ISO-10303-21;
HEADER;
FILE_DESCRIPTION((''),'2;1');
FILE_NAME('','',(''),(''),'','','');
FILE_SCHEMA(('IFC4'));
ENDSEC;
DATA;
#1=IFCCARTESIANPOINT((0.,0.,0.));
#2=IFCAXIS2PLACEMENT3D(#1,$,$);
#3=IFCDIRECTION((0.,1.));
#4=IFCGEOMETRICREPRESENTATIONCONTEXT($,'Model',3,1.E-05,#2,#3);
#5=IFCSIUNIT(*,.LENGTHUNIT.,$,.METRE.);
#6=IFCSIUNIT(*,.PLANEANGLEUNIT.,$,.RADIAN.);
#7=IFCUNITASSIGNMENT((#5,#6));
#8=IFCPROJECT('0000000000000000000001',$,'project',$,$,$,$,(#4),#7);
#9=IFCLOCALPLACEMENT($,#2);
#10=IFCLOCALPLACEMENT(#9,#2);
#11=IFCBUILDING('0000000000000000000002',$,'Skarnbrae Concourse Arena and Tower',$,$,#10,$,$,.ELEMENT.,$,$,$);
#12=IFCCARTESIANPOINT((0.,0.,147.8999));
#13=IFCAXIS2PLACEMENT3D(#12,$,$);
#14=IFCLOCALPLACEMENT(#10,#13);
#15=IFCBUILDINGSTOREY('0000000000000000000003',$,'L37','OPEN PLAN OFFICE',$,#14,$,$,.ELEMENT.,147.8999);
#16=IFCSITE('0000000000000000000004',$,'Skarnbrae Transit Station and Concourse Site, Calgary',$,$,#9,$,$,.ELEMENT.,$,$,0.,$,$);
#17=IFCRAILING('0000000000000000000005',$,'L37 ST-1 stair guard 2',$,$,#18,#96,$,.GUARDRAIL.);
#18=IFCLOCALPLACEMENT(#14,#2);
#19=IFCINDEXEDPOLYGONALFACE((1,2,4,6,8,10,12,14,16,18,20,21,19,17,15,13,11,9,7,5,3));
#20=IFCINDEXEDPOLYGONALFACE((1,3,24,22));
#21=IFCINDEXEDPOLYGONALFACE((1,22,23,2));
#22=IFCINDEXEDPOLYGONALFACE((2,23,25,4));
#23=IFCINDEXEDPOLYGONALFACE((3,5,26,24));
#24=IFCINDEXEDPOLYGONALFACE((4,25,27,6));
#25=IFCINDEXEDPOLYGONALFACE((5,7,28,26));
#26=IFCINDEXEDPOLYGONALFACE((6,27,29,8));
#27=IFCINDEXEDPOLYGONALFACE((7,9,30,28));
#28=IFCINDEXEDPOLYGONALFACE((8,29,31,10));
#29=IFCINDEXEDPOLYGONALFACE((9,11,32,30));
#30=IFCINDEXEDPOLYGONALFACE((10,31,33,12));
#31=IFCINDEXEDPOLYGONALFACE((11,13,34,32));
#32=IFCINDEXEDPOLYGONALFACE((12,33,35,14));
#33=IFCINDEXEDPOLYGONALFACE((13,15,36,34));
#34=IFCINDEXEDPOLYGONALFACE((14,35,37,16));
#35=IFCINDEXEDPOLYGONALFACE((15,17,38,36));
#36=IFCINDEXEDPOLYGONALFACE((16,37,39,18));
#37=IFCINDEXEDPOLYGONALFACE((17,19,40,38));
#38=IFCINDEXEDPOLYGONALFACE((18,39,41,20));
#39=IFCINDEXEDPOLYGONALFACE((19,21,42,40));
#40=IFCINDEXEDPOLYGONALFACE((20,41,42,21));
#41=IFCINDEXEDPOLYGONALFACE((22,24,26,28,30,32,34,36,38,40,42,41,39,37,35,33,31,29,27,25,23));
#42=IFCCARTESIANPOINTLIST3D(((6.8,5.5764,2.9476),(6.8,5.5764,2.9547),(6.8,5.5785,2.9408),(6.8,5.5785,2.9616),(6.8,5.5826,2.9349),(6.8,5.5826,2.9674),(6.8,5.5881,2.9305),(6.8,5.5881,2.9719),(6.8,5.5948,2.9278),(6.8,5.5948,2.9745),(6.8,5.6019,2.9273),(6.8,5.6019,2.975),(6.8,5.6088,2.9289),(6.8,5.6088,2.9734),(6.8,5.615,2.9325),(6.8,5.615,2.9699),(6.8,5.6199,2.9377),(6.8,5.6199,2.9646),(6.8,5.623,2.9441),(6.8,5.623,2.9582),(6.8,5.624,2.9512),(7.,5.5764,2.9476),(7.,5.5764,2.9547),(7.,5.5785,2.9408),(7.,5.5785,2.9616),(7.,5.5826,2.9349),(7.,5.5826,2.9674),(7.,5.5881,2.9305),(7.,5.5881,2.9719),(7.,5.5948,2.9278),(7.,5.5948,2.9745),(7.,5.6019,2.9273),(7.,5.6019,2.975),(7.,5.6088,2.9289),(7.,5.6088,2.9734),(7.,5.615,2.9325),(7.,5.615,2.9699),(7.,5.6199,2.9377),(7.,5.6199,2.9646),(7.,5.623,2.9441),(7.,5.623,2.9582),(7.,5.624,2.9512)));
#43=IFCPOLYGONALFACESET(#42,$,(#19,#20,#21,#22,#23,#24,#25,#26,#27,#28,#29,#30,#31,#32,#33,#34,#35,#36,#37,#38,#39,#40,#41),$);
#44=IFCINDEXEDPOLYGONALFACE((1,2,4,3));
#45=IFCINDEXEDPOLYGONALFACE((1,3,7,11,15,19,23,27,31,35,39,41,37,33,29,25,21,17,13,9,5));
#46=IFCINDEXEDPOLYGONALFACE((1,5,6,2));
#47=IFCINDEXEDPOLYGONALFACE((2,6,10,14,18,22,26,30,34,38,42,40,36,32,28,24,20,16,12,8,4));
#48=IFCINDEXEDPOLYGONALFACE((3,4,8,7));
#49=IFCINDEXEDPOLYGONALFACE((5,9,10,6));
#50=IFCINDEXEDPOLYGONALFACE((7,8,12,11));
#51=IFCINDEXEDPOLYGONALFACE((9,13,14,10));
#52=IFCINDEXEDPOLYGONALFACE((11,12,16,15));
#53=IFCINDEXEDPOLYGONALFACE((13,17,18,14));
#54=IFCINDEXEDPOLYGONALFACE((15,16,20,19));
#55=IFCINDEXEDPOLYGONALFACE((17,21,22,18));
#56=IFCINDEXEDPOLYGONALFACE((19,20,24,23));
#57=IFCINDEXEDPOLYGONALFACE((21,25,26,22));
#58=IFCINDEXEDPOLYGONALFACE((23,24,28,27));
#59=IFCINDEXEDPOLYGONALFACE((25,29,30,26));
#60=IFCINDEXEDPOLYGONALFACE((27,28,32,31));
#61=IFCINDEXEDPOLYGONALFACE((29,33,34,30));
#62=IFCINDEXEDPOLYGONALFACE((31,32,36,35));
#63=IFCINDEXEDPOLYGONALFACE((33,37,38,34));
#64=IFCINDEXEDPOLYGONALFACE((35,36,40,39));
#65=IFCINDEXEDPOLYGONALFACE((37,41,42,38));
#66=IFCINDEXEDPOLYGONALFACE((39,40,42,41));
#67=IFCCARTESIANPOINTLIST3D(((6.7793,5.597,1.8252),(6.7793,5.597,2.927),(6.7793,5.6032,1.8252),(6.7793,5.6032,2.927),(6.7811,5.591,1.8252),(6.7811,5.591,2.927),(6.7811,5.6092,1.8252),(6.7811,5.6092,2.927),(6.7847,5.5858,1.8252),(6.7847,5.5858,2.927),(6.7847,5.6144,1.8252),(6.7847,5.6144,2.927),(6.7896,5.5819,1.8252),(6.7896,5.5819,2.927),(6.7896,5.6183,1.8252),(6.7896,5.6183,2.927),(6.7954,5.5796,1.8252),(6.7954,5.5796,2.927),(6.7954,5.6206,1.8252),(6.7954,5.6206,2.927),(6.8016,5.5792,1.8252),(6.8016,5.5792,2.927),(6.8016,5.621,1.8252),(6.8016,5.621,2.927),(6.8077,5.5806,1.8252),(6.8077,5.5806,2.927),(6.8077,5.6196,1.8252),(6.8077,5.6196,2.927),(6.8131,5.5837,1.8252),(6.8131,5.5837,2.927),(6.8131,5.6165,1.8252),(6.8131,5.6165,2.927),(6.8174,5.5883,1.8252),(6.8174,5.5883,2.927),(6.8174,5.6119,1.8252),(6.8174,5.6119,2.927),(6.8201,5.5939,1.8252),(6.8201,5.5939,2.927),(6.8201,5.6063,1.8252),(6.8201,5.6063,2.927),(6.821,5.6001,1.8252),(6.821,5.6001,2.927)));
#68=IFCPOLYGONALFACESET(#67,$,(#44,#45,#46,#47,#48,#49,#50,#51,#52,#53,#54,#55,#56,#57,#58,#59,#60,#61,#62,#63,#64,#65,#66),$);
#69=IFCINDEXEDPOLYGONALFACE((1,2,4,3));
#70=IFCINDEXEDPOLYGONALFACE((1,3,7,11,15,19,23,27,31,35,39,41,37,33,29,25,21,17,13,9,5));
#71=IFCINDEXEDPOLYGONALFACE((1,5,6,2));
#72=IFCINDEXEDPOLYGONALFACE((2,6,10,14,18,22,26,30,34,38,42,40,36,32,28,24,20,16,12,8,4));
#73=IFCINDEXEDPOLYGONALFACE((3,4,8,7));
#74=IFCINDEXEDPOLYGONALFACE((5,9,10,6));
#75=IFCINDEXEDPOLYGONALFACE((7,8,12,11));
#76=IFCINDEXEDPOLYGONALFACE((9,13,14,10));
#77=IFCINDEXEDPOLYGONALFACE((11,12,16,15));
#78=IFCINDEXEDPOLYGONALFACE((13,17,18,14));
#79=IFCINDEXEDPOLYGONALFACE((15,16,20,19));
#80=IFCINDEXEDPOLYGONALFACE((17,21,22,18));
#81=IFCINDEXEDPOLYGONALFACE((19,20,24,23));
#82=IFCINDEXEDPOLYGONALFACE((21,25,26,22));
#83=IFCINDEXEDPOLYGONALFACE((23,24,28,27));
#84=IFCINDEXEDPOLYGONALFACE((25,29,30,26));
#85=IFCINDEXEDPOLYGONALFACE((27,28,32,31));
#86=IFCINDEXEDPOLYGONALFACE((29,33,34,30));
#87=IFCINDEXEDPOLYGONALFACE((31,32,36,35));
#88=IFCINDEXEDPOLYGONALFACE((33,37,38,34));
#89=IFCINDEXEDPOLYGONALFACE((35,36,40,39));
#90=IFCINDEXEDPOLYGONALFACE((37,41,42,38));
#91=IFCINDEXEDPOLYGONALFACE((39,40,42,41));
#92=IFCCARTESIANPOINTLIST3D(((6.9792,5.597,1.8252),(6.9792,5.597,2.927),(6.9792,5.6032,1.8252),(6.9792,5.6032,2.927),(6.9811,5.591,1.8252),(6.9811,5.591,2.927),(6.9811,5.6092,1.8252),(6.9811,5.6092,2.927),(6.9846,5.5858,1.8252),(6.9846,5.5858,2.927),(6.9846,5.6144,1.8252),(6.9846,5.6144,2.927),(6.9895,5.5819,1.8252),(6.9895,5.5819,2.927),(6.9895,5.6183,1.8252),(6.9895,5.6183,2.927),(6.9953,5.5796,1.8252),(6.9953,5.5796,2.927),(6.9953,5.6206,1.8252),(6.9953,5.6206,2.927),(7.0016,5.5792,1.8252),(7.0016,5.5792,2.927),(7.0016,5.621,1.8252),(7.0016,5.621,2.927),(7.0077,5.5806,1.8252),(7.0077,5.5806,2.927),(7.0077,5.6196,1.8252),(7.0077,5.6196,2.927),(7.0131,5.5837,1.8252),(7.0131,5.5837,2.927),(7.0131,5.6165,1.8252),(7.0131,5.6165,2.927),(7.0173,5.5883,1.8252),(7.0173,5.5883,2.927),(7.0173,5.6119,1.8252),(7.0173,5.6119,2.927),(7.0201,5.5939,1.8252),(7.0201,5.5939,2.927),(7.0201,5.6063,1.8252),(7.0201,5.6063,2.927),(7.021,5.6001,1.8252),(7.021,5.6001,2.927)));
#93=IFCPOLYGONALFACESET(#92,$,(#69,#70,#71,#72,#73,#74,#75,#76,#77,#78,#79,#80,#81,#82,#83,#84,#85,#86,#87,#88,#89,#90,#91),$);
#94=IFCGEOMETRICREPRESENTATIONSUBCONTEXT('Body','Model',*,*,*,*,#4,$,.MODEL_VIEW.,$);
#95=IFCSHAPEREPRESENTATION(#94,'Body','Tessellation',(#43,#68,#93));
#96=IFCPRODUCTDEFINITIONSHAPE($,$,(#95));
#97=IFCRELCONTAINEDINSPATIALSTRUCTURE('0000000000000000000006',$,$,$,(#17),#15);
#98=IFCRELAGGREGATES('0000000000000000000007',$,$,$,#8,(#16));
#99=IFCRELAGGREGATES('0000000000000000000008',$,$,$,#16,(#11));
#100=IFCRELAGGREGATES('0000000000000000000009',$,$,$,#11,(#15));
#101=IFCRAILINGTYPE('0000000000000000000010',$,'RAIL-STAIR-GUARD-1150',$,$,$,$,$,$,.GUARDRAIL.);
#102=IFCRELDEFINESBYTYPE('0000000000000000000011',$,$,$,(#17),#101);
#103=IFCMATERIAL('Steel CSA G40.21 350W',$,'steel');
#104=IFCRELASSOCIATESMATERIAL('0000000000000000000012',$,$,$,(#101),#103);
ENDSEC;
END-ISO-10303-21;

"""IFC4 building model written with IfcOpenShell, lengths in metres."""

from ifc_helpers import new_model, si_unit, direction, frame, origin, origin_2d, place, context, subcontext, project, spatial, circle, extrude, material, type_object, element, save


model = new_model("IFC4")

# Units and contexts
model_context = context("Model", 3, precision=1e-05, world=origin(), true_north=direction((0.0, 1.0)))
body_context = subcontext(model_context, "Body", "Model", "MODEL_VIEW")
ifc_project = project(units=[si_unit("LENGTHUNIT", "METRE"), si_unit("PLANEANGLEUNIT", "RADIAN")], contexts=[model_context])

# Site, building, storey
site_placement = place(None, origin())
site = spatial("IfcSite", under=ifc_project, at=site_placement, Name="Skarnbrae Transit Station and Concourse Site, Calgary", CompositionType="ELEMENT", RefElevation=0.0)
building_placement = place(site_placement, origin())
building = spatial("IfcBuilding", under=site, at=building_placement, Name="Skarnbrae Concourse Arena and Tower", CompositionType="ELEMENT")
storey_placement = place(building_placement, frame((0.0, 0.0, 147.8999)))
storey = spatial("IfcBuildingStorey", under=building, at=storey_placement, Name="L37", Description="OPEN PLAN OFFICE", CompositionType="ELEMENT", Elevation=147.8999)

# Shared definitions
ifc_material_1 = material(Name="Steel CSA G40.21 350W", Category="steel")

# Railing
railing_type_1 = type_object("IfcRailingType", Name="RAIL-STAIR-GUARD-1150", PredefinedType="GUARDRAIL", material=ifc_material_1)
railing_1_placement = place(storey_placement, frame((6.8, 5.6001, 1.8252)))
element("IfcRailing", 1, at=railing_1_placement, inside=storey, type_object=railing_type_1, Name="L37 ST-1 stair guard 2", PredefinedType="GUARDRAIL", context=body_context, shape_type="SweptSolid", body=[
    extrude(circle(Radius=0.0239, at=origin_2d()), frame((0.0, 0.0, 1.126), z_axis=(1.0, 0.0, 0.0), x_axis=(0.0, 1.0, 0.0)), (0.0, 0.0, 1.0), 0.2),
    extrude(circle(Radius=0.021, at=origin_2d()), origin(), (0.0, 0.0, 1.0), 1.1018),
    extrude(circle(Radius=0.021, at=origin_2d()), frame((0.2, 0.0, 0.0)), (0.0, 0.0, 1.0), 1.1018),
])

save(model, "model.ifc")
